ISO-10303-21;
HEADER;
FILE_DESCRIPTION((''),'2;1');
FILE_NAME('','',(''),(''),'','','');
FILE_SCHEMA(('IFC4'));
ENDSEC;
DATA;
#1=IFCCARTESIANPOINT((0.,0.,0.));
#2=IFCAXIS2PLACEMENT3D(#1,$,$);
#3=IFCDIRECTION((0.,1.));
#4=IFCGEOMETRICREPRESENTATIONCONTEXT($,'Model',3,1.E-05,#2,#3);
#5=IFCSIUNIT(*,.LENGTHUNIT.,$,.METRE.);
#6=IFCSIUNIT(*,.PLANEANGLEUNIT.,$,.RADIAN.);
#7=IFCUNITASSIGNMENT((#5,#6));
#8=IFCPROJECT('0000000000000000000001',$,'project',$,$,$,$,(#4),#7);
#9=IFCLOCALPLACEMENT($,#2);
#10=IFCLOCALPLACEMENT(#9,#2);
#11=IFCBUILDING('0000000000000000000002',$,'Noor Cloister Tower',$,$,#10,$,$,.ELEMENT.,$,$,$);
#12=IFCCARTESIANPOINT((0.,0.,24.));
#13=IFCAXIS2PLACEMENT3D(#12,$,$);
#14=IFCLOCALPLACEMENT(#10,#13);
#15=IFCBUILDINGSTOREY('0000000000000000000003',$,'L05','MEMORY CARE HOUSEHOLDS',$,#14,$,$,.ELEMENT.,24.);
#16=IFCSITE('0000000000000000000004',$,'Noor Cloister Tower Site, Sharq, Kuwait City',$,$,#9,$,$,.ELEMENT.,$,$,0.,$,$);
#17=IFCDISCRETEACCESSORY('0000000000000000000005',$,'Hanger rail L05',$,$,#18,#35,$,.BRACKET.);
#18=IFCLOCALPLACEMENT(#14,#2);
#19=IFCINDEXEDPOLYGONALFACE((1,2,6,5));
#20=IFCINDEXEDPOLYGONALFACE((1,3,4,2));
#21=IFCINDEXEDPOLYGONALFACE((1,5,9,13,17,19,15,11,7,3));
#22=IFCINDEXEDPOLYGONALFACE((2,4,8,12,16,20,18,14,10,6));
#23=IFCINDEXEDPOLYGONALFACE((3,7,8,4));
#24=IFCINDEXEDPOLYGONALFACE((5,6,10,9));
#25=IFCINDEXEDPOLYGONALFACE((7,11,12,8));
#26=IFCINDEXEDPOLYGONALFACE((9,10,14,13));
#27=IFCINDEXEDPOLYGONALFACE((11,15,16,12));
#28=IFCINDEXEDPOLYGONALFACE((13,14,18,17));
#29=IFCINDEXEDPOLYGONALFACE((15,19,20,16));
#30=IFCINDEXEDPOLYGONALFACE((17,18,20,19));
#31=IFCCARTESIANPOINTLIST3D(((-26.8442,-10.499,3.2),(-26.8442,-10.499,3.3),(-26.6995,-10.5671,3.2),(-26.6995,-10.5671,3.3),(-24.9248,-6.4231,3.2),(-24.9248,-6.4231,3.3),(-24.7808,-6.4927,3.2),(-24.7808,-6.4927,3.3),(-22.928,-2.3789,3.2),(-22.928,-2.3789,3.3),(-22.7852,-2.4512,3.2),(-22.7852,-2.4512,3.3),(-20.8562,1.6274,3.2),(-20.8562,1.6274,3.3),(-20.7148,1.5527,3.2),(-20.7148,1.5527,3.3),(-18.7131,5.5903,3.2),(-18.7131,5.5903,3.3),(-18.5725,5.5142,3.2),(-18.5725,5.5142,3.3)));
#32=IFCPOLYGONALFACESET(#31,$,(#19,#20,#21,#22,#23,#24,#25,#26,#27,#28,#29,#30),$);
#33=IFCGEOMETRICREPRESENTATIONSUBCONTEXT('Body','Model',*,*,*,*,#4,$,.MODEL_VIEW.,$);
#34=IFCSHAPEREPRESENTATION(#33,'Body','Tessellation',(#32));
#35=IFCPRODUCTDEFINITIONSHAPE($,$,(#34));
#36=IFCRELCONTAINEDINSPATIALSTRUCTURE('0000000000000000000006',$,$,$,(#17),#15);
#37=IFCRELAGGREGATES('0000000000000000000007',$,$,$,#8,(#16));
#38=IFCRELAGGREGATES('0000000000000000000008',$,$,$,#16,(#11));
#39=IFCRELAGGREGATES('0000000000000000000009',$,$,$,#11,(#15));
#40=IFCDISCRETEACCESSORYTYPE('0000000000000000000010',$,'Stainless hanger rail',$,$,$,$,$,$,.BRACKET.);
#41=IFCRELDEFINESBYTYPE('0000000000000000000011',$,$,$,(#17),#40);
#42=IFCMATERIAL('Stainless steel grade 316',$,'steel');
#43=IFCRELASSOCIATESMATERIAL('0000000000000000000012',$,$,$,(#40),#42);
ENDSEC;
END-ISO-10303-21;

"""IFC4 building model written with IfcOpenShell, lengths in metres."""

from ifc_helpers import new_model, si_unit, direction, frame, origin, place, context, subcontext, project, spatial, polyline, outline, extrude, material, type_object, element, save


model = new_model("IFC4")

# Units and contexts
model_context = context("Model", 3, precision=1e-05, world=origin(), true_north=direction((0.0, 1.0)))
body_context = subcontext(model_context, "Body", "Model", "MODEL_VIEW")
ifc_project = project(units=[si_unit("LENGTHUNIT", "METRE"), si_unit("PLANEANGLEUNIT", "RADIAN")], contexts=[model_context])

# Site, building, storey
site_placement = place(None, origin())
site = spatial("IfcSite", under=ifc_project, at=site_placement, Name="Noor Cloister Tower Site, Sharq, Kuwait City", CompositionType="ELEMENT", RefElevation=0.0)
building_placement = place(site_placement, origin())
building = spatial("IfcBuilding", under=site, at=building_placement, Name="Noor Cloister Tower", CompositionType="ELEMENT")
storey_placement = place(building_placement, frame((0.0, 0.0, 24.0)))
storey = spatial("IfcBuildingStorey", under=building, at=storey_placement, Name="L05", Description="MEMORY CARE HOUSEHOLDS", CompositionType="ELEMENT", Elevation=24.0)

# Discrete accessory
ifc_material_1 = material(Name="Stainless steel grade 316", Category="steel")
discrete_accessory_type = type_object("IfcDiscreteAccessoryType", Name="Stainless hanger rail", PredefinedType="BRACKET", material=ifc_material_1)
discrete_accessory_1_placement = place(storey_placement, frame((0.0, 0.0, 3.2)))
element("IfcDiscreteAccessory", 1, at=discrete_accessory_1_placement, inside=storey, type_object=discrete_accessory_type, Name="Hanger rail L05", PredefinedType="BRACKET", context=body_context, shape_type="SweptSolid", body=[
    extrude(outline(polyline([(-18.7131, 5.5903), (-20.8562, 1.6274), (-22.928, -2.3789), (-24.9248, -6.4231), (-26.8442, -10.499), (-26.6995, -10.5671), (-24.7808, -6.4927), (-22.7852, -2.4512), (-20.7148, 1.5527), (-18.5725, 5.5142), (-18.7131, 5.5903)])), origin(), (0.0, 0.0, 1.0), 0.1001),
])

save(model, "model.ifc")
